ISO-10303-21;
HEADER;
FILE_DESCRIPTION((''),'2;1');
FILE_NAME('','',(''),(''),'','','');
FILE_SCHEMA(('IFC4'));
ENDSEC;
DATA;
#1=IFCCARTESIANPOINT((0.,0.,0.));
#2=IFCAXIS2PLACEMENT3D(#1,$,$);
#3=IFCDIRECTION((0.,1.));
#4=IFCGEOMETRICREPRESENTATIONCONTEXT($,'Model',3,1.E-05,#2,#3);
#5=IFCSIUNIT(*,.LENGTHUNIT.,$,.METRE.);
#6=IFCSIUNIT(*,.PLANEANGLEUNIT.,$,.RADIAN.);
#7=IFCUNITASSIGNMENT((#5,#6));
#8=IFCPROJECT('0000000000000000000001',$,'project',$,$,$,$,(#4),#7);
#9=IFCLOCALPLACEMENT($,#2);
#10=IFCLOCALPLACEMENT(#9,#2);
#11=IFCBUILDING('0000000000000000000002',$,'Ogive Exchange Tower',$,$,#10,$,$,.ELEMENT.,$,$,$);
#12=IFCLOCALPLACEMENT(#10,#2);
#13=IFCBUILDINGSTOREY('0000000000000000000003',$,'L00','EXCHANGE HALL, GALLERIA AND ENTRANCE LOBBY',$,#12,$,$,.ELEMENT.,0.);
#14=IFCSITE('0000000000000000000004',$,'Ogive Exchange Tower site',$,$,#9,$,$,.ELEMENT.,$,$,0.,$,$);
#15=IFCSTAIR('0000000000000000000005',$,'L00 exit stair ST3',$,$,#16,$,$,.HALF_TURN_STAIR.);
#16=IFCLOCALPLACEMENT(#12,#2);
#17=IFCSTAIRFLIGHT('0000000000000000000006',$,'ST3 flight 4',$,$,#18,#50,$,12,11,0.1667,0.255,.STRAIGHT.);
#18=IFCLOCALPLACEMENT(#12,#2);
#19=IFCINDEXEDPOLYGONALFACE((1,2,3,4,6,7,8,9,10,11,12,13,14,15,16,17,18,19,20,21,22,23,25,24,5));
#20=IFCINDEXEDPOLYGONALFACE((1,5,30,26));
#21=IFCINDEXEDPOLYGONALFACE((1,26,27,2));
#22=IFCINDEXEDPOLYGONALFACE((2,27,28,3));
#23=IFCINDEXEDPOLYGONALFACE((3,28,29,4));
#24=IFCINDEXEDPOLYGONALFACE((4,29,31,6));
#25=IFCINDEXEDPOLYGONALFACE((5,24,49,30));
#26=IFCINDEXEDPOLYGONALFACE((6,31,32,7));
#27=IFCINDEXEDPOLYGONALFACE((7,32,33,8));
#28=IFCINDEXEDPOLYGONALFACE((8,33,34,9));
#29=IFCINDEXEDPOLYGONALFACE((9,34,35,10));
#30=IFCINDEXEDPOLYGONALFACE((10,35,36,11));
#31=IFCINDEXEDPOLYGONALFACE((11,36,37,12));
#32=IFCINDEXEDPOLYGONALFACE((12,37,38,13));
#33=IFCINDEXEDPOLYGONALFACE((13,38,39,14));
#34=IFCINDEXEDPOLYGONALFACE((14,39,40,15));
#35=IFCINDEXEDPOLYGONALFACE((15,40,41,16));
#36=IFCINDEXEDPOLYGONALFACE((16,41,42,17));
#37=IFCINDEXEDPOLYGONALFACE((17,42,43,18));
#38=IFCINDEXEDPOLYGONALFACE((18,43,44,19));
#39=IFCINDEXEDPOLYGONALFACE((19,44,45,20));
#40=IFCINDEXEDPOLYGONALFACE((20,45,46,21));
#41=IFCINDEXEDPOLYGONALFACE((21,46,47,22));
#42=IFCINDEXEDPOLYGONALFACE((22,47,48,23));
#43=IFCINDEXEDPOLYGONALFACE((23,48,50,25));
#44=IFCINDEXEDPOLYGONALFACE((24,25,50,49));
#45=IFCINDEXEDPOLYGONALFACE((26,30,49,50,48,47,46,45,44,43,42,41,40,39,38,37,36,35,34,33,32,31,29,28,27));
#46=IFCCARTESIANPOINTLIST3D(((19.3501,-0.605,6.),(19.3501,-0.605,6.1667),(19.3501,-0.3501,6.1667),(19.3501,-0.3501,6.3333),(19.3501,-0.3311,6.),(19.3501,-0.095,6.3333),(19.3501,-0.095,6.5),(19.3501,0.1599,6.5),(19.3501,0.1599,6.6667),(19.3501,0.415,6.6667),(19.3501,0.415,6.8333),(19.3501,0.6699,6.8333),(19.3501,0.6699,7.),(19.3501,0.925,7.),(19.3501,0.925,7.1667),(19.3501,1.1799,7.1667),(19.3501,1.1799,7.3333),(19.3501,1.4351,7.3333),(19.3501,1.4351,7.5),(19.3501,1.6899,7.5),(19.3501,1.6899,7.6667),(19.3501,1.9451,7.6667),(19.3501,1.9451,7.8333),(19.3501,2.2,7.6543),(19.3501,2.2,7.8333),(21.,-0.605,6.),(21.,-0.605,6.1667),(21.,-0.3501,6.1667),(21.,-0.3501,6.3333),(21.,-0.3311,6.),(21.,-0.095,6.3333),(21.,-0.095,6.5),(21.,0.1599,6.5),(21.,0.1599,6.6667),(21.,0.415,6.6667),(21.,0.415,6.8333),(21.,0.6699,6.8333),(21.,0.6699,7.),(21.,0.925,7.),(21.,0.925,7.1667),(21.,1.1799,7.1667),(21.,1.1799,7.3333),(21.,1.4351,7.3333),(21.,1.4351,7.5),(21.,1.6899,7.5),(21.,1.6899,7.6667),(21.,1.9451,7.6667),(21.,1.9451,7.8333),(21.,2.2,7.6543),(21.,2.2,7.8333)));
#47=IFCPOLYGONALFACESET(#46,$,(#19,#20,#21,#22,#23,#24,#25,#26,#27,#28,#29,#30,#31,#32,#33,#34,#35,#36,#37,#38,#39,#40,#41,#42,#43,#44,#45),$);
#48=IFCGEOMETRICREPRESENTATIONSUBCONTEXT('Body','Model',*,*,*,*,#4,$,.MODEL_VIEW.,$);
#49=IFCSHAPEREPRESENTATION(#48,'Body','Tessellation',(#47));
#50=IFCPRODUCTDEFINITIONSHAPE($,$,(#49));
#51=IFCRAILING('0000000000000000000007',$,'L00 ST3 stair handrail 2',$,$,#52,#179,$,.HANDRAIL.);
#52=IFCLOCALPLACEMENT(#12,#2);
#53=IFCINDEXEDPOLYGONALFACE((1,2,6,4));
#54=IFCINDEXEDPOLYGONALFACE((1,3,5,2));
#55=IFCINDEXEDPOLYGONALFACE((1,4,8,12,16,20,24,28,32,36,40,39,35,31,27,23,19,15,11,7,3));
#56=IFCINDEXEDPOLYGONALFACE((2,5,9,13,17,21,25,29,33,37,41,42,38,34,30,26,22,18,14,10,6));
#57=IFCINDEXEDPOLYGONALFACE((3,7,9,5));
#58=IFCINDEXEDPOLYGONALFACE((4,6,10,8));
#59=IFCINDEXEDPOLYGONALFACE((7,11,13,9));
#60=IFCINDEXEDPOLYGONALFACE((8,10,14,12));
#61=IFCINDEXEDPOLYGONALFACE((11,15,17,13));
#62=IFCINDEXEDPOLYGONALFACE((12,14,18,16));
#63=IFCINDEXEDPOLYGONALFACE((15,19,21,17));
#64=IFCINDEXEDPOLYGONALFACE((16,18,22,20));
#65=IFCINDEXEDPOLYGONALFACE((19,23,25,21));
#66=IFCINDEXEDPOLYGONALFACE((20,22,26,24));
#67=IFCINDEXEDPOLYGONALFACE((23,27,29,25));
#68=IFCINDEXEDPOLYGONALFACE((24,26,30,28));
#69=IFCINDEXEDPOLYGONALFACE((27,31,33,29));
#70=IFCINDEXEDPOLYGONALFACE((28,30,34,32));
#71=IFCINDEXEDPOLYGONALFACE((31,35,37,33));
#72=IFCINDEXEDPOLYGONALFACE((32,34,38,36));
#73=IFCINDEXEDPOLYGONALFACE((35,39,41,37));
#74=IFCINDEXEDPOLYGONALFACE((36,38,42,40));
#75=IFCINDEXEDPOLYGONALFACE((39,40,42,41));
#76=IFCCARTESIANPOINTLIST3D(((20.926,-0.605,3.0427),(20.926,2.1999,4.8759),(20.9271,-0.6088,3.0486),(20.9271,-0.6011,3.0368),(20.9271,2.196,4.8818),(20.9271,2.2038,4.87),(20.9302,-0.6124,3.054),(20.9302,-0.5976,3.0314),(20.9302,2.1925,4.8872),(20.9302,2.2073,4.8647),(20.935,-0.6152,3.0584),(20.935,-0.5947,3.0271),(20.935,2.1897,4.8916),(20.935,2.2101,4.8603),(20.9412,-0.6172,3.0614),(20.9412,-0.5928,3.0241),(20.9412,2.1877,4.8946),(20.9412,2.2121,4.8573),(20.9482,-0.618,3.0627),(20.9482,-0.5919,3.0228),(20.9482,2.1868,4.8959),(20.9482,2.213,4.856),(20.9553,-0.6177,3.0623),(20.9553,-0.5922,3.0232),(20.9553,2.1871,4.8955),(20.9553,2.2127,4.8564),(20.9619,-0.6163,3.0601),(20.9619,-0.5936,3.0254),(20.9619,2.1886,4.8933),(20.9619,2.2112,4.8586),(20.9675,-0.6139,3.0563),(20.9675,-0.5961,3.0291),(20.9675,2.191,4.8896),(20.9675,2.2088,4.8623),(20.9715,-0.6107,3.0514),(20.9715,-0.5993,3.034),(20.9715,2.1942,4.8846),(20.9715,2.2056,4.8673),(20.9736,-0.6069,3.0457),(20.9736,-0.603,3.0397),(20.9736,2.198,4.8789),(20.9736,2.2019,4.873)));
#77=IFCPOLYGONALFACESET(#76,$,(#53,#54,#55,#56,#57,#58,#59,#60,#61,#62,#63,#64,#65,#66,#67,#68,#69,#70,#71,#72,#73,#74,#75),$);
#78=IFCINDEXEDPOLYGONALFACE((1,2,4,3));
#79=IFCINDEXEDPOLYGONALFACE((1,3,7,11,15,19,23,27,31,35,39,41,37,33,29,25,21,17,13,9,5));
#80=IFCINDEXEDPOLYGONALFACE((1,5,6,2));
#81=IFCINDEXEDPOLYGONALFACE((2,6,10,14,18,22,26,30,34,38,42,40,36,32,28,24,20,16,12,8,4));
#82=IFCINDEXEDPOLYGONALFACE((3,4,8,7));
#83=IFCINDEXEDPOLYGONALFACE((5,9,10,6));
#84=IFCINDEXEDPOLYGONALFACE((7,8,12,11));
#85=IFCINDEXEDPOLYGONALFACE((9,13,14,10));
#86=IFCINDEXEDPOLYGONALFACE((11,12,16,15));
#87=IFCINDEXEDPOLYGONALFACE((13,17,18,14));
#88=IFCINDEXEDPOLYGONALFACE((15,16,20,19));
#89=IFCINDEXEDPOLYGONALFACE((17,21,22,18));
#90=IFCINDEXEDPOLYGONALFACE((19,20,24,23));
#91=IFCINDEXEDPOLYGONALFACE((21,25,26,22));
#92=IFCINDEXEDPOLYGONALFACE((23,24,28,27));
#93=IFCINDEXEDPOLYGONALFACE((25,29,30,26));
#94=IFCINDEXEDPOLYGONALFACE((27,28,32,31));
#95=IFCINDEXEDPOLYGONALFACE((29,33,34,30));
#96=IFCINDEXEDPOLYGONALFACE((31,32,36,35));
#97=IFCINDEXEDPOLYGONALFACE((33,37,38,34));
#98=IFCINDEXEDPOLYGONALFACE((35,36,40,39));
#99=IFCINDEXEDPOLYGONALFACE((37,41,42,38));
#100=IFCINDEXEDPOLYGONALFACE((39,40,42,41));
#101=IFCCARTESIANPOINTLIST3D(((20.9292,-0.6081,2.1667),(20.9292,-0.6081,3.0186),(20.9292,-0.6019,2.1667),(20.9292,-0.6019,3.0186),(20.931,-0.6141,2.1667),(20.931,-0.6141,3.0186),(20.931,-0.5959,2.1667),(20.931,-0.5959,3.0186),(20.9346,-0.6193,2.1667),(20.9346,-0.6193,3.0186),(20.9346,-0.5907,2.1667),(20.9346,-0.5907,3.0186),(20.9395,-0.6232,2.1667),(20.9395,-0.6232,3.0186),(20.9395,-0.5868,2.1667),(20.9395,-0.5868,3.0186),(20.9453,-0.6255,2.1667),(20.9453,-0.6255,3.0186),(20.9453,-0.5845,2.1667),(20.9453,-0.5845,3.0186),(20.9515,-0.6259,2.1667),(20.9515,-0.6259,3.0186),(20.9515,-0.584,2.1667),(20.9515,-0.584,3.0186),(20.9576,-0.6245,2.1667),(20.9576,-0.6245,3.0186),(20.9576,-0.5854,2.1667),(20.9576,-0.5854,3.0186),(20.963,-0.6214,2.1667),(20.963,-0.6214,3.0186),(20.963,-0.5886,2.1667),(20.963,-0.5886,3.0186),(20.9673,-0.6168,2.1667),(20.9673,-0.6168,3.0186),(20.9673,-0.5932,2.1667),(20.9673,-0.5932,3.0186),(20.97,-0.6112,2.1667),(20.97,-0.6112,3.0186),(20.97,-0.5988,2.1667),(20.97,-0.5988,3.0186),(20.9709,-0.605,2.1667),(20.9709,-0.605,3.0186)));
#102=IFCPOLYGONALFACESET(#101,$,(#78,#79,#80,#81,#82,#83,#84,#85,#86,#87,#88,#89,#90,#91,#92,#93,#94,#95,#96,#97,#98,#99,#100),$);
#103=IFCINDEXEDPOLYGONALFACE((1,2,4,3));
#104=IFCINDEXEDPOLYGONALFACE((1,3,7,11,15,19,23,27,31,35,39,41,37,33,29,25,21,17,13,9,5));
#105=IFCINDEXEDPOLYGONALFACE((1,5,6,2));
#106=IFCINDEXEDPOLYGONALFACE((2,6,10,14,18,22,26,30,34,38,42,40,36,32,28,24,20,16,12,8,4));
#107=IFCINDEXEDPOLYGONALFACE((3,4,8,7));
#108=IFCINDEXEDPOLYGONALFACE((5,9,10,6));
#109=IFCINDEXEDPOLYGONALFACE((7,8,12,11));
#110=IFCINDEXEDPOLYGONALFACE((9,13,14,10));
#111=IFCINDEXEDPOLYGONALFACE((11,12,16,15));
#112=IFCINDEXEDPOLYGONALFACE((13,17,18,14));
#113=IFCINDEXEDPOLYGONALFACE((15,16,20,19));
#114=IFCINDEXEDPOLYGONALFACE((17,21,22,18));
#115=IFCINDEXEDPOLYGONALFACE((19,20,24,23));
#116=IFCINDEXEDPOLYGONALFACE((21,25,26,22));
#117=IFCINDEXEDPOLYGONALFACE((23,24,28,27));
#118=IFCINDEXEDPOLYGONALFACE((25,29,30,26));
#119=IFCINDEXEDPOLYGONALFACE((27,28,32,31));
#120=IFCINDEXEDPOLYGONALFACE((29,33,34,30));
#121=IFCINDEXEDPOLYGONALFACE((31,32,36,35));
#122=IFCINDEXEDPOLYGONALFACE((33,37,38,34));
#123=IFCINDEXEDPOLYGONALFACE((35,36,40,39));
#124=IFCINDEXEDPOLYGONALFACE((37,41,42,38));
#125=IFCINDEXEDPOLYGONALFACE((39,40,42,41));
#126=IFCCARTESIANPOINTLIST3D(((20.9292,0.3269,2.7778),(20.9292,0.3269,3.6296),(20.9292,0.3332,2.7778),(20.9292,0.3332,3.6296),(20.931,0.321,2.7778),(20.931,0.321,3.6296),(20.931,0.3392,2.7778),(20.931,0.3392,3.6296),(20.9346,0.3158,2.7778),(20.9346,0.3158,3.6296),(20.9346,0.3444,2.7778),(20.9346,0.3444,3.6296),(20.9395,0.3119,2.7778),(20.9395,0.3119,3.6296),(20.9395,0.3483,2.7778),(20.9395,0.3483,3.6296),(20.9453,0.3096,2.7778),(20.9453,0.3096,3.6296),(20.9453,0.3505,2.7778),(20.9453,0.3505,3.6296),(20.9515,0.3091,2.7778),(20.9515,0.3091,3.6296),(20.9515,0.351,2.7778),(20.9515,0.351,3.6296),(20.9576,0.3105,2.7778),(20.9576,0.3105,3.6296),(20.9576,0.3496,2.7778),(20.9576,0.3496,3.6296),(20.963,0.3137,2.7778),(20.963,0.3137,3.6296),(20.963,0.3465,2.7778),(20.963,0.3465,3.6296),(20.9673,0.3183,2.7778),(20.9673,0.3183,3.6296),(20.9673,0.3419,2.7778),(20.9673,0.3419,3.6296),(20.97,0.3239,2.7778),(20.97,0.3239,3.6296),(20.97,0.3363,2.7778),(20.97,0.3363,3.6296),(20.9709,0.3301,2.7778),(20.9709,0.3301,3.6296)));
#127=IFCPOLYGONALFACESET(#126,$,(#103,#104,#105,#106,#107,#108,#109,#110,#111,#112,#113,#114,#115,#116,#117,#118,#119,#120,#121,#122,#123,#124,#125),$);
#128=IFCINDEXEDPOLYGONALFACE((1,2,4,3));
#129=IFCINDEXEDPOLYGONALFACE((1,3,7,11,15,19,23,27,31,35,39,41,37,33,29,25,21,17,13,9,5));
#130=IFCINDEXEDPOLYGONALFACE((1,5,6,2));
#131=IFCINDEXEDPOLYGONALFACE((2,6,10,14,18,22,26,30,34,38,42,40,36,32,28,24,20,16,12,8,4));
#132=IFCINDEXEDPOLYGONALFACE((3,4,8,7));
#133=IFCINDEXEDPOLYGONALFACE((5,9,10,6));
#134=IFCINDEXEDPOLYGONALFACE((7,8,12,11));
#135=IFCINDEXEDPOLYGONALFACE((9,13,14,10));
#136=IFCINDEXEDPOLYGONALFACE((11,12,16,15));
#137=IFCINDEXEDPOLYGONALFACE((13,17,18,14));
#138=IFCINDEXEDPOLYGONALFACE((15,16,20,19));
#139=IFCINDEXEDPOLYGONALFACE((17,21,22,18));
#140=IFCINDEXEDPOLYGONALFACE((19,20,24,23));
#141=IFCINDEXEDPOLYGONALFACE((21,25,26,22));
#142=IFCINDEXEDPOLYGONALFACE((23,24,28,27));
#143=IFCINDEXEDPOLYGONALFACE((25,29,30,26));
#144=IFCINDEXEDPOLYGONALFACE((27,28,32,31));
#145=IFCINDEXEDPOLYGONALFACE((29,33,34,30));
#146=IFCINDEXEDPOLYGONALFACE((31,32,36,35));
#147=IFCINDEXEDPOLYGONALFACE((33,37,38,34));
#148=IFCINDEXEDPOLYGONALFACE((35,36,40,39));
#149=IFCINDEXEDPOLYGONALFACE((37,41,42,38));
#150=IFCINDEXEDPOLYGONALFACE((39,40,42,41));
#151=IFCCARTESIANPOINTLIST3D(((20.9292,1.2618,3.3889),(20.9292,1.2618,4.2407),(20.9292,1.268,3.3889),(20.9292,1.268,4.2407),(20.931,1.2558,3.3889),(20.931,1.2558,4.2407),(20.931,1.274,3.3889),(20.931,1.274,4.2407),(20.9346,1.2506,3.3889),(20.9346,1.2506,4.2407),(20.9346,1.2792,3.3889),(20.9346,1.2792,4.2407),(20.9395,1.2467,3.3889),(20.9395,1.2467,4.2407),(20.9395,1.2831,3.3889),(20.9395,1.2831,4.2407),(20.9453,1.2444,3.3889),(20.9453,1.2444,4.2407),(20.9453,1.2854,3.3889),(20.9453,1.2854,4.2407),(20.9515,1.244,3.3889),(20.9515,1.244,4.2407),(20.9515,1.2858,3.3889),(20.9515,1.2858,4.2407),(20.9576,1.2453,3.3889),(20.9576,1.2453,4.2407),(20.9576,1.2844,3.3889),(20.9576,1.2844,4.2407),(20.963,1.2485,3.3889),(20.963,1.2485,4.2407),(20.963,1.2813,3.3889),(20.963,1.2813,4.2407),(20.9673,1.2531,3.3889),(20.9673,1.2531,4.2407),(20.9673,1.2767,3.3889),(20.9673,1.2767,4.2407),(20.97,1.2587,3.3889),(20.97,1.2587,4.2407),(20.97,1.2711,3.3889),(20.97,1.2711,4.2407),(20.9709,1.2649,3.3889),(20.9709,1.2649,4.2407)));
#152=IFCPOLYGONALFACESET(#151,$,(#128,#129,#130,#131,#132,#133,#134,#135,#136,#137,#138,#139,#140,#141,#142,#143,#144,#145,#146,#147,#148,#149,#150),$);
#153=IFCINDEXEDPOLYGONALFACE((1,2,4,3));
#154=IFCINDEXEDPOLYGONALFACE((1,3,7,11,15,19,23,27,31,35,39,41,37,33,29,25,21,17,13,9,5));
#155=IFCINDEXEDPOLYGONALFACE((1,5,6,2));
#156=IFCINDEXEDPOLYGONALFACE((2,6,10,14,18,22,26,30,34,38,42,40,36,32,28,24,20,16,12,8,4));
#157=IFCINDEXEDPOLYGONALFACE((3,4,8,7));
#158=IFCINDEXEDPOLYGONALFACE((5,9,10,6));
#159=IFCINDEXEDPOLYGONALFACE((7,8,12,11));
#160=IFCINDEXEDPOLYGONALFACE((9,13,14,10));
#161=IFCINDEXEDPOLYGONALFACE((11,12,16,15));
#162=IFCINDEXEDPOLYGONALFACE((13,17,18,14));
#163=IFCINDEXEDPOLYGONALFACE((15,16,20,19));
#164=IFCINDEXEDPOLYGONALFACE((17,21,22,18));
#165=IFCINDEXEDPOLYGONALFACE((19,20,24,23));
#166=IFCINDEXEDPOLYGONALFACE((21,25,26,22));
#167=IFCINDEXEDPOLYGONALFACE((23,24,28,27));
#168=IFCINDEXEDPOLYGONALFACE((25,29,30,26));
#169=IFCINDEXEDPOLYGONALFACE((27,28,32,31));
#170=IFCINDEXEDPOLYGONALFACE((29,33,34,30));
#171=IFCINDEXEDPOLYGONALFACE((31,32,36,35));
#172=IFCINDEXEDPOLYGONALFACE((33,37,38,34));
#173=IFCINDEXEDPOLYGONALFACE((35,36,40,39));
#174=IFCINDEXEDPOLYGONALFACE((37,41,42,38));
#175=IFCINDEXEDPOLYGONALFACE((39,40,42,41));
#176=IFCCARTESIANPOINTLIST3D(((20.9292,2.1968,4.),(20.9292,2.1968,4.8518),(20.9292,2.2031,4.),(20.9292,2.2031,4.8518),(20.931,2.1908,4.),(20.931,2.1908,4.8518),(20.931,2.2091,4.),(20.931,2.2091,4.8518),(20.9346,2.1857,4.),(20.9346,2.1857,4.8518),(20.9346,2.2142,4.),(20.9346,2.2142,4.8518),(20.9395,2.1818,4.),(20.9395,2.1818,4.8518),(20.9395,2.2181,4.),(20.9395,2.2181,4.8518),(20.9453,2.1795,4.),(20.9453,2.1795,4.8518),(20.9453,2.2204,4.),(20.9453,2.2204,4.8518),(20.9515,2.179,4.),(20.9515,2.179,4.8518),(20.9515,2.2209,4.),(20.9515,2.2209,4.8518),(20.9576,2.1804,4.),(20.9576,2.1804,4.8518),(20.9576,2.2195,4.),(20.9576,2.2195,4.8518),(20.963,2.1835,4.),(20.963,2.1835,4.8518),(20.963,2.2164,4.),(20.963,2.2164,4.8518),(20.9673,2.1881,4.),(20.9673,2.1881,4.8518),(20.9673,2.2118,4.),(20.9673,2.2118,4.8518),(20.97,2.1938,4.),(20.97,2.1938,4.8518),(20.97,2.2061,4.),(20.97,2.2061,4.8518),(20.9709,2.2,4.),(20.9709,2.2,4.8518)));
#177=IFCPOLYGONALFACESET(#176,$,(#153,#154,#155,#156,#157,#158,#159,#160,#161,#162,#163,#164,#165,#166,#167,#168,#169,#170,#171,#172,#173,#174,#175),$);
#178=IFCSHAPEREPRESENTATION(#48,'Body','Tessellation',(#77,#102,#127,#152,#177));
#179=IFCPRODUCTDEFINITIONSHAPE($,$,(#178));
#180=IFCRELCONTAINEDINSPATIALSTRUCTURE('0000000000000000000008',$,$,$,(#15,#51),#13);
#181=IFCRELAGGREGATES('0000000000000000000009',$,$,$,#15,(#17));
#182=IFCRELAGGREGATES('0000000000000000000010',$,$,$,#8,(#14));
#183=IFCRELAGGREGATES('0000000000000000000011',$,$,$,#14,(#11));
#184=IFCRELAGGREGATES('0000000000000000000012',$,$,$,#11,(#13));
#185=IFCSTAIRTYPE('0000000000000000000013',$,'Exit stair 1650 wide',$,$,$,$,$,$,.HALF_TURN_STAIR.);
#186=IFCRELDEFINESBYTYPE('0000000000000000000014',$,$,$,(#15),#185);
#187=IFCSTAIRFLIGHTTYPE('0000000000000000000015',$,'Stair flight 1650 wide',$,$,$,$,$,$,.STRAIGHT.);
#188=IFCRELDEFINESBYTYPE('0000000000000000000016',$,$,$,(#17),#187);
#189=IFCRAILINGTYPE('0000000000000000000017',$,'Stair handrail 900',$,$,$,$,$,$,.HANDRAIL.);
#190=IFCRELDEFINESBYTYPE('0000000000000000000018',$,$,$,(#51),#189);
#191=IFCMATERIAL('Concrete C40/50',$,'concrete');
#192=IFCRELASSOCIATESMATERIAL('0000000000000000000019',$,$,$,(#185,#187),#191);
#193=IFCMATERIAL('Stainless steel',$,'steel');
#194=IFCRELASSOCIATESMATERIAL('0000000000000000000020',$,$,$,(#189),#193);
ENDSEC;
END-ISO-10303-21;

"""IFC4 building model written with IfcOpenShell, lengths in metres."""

from ifc_helpers import new_model, si_unit, direction, frame, origin, origin_2d, place, context, subcontext, project, spatial, polyline, circle, outline, extrude, material, type_object, element, aggregate, save


model = new_model("IFC4")

# Units and contexts
model_context = context("Model", 3, precision=1e-05, world=origin(), true_north=direction((0.0, 1.0)))
body_context = subcontext(model_context, "Body", "Model", "MODEL_VIEW")
ifc_project = project(units=[si_unit("LENGTHUNIT", "METRE"), si_unit("PLANEANGLEUNIT", "RADIAN")], contexts=[model_context])

# Site, building, storey
site_placement = place(None, origin())
site = spatial("IfcSite", under=ifc_project, at=site_placement, Name="Ogive Exchange Tower site", CompositionType="ELEMENT", RefElevation=0.0)
building_placement = place(site_placement, origin())
building = spatial("IfcBuilding", under=site, at=building_placement, Name="Ogive Exchange Tower", CompositionType="ELEMENT")
storey_placement = place(building_placement, origin())
storey = spatial("IfcBuildingStorey", under=building, at=storey_placement, Name="L00", Description="EXCHANGE HALL, GALLERIA AND ENTRANCE LOBBY", CompositionType="ELEMENT", Elevation=0.0)

# Shared definitions
ifc_material_1 = material(Name="Stainless steel", Category="steel")

# Stair, stair flight
ifc_material_2 = material(Name="Concrete C40/50", Category="concrete")
stair_type = type_object("IfcStairType", Name="Exit stair 1650 wide", PredefinedType="HALF_TURN_STAIR", material=ifc_material_2)
stair_placement = place(storey_placement, origin())
stair = element("IfcStair", 1, at=stair_placement, inside=storey, type_object=stair_type, Name="L00 exit stair ST3", PredefinedType="HALF_TURN_STAIR")
stair_flight_type = type_object("IfcStairFlightType", Name="Stair flight 1650 wide", PredefinedType="STRAIGHT", material=ifc_material_2)
stair_flight_1_placement = place(storey_placement, frame((20.175, -0.605, 6.0), z_axis=(0.0, 0.0, 1.0), x_axis=(0.0, 1.0, 0.0)))
stair_flight_1 = element("IfcStairFlight", 2, at=stair_flight_1_placement, type_object=stair_flight_type, Name="ST3 flight 4", NumberOfRisers=12, NumberOfTreads=11, PredefinedType="STRAIGHT", RiserHeight=0.1667, TreadLength=0.255, context=body_context, shape_type="SweptSolid", body=[
    extrude(outline(polyline([(0.0, 0.0), (0.0, 0.1667), (0.2549, 0.1667), (0.2549, 0.3333), (0.51, 0.3333), (0.51, 0.5), (0.7649, 0.5), (0.7649, 0.6667), (1.02, 0.6667), (1.02, 0.8333), (1.2749, 0.8333), (1.2749, 1.0), (1.53, 1.0), (1.53, 1.1667), (1.7849, 1.1667), (1.7849, 1.3333), (2.04, 1.3333), (2.04, 1.5), (2.2949, 1.5), (2.2949, 1.6667), (2.55, 1.6667), (2.55, 1.8333), (2.8049, 1.8333), (2.8049, 2.0), (2.8049, 1.6543), (0.2739, 0.0), (0.0, 0.0)])), frame((0.0, 0.825, 0.0), z_axis=(0.0, -1.0, 0.0), x_axis=(1.0, 0.0, 0.0)), (0.0, 0.0, 1.0), 1.6499),
])
aggregate(stair, [stair_flight_1])

# Railing
railing_type = type_object("IfcRailingType", Name="Stair handrail 900", PredefinedType="HANDRAIL", material=ifc_material_1)
for number, where, name in (
    (3, (20.95, -0.605, 2.1667), "L00 ST3 stair handrail 2"),
):
    element("IfcRailing", number, at=place(storey_placement, frame(where)), inside=storey, type_object=railing_type, Name=name, PredefinedType="HANDRAIL", context=body_context, shape_type="SweptSolid", body=[
        extrude(circle(Radius=0.0239, at=origin_2d()), frame((0.0, 0.0, 0.876), z_axis=(0.0, 0.837071, 0.547094), x_axis=(-1.0, 0.0, 0.0)), (0.0, 0.0, 1.0), 3.3508),
        extrude(circle(Radius=0.021, at=origin_2d()), origin(), (0.0, 0.0, 1.0), 0.8518),
        extrude(circle(Radius=0.021, at=origin_2d()), frame((0.0, 0.9351, 0.6111)), (0.0, 0.0, 1.0), 0.8518),
        extrude(circle(Radius=0.021, at=origin_2d()), frame((0.0, 1.8699, 1.2222)), (0.0, 0.0, 1.0), 0.8518),
        extrude(circle(Radius=0.021, at=origin_2d()), frame((0.0, 2.8049, 1.8333)), (0.0, 0.0, 1.0), 0.8518),
    ])

save(model, "model.ifc")
